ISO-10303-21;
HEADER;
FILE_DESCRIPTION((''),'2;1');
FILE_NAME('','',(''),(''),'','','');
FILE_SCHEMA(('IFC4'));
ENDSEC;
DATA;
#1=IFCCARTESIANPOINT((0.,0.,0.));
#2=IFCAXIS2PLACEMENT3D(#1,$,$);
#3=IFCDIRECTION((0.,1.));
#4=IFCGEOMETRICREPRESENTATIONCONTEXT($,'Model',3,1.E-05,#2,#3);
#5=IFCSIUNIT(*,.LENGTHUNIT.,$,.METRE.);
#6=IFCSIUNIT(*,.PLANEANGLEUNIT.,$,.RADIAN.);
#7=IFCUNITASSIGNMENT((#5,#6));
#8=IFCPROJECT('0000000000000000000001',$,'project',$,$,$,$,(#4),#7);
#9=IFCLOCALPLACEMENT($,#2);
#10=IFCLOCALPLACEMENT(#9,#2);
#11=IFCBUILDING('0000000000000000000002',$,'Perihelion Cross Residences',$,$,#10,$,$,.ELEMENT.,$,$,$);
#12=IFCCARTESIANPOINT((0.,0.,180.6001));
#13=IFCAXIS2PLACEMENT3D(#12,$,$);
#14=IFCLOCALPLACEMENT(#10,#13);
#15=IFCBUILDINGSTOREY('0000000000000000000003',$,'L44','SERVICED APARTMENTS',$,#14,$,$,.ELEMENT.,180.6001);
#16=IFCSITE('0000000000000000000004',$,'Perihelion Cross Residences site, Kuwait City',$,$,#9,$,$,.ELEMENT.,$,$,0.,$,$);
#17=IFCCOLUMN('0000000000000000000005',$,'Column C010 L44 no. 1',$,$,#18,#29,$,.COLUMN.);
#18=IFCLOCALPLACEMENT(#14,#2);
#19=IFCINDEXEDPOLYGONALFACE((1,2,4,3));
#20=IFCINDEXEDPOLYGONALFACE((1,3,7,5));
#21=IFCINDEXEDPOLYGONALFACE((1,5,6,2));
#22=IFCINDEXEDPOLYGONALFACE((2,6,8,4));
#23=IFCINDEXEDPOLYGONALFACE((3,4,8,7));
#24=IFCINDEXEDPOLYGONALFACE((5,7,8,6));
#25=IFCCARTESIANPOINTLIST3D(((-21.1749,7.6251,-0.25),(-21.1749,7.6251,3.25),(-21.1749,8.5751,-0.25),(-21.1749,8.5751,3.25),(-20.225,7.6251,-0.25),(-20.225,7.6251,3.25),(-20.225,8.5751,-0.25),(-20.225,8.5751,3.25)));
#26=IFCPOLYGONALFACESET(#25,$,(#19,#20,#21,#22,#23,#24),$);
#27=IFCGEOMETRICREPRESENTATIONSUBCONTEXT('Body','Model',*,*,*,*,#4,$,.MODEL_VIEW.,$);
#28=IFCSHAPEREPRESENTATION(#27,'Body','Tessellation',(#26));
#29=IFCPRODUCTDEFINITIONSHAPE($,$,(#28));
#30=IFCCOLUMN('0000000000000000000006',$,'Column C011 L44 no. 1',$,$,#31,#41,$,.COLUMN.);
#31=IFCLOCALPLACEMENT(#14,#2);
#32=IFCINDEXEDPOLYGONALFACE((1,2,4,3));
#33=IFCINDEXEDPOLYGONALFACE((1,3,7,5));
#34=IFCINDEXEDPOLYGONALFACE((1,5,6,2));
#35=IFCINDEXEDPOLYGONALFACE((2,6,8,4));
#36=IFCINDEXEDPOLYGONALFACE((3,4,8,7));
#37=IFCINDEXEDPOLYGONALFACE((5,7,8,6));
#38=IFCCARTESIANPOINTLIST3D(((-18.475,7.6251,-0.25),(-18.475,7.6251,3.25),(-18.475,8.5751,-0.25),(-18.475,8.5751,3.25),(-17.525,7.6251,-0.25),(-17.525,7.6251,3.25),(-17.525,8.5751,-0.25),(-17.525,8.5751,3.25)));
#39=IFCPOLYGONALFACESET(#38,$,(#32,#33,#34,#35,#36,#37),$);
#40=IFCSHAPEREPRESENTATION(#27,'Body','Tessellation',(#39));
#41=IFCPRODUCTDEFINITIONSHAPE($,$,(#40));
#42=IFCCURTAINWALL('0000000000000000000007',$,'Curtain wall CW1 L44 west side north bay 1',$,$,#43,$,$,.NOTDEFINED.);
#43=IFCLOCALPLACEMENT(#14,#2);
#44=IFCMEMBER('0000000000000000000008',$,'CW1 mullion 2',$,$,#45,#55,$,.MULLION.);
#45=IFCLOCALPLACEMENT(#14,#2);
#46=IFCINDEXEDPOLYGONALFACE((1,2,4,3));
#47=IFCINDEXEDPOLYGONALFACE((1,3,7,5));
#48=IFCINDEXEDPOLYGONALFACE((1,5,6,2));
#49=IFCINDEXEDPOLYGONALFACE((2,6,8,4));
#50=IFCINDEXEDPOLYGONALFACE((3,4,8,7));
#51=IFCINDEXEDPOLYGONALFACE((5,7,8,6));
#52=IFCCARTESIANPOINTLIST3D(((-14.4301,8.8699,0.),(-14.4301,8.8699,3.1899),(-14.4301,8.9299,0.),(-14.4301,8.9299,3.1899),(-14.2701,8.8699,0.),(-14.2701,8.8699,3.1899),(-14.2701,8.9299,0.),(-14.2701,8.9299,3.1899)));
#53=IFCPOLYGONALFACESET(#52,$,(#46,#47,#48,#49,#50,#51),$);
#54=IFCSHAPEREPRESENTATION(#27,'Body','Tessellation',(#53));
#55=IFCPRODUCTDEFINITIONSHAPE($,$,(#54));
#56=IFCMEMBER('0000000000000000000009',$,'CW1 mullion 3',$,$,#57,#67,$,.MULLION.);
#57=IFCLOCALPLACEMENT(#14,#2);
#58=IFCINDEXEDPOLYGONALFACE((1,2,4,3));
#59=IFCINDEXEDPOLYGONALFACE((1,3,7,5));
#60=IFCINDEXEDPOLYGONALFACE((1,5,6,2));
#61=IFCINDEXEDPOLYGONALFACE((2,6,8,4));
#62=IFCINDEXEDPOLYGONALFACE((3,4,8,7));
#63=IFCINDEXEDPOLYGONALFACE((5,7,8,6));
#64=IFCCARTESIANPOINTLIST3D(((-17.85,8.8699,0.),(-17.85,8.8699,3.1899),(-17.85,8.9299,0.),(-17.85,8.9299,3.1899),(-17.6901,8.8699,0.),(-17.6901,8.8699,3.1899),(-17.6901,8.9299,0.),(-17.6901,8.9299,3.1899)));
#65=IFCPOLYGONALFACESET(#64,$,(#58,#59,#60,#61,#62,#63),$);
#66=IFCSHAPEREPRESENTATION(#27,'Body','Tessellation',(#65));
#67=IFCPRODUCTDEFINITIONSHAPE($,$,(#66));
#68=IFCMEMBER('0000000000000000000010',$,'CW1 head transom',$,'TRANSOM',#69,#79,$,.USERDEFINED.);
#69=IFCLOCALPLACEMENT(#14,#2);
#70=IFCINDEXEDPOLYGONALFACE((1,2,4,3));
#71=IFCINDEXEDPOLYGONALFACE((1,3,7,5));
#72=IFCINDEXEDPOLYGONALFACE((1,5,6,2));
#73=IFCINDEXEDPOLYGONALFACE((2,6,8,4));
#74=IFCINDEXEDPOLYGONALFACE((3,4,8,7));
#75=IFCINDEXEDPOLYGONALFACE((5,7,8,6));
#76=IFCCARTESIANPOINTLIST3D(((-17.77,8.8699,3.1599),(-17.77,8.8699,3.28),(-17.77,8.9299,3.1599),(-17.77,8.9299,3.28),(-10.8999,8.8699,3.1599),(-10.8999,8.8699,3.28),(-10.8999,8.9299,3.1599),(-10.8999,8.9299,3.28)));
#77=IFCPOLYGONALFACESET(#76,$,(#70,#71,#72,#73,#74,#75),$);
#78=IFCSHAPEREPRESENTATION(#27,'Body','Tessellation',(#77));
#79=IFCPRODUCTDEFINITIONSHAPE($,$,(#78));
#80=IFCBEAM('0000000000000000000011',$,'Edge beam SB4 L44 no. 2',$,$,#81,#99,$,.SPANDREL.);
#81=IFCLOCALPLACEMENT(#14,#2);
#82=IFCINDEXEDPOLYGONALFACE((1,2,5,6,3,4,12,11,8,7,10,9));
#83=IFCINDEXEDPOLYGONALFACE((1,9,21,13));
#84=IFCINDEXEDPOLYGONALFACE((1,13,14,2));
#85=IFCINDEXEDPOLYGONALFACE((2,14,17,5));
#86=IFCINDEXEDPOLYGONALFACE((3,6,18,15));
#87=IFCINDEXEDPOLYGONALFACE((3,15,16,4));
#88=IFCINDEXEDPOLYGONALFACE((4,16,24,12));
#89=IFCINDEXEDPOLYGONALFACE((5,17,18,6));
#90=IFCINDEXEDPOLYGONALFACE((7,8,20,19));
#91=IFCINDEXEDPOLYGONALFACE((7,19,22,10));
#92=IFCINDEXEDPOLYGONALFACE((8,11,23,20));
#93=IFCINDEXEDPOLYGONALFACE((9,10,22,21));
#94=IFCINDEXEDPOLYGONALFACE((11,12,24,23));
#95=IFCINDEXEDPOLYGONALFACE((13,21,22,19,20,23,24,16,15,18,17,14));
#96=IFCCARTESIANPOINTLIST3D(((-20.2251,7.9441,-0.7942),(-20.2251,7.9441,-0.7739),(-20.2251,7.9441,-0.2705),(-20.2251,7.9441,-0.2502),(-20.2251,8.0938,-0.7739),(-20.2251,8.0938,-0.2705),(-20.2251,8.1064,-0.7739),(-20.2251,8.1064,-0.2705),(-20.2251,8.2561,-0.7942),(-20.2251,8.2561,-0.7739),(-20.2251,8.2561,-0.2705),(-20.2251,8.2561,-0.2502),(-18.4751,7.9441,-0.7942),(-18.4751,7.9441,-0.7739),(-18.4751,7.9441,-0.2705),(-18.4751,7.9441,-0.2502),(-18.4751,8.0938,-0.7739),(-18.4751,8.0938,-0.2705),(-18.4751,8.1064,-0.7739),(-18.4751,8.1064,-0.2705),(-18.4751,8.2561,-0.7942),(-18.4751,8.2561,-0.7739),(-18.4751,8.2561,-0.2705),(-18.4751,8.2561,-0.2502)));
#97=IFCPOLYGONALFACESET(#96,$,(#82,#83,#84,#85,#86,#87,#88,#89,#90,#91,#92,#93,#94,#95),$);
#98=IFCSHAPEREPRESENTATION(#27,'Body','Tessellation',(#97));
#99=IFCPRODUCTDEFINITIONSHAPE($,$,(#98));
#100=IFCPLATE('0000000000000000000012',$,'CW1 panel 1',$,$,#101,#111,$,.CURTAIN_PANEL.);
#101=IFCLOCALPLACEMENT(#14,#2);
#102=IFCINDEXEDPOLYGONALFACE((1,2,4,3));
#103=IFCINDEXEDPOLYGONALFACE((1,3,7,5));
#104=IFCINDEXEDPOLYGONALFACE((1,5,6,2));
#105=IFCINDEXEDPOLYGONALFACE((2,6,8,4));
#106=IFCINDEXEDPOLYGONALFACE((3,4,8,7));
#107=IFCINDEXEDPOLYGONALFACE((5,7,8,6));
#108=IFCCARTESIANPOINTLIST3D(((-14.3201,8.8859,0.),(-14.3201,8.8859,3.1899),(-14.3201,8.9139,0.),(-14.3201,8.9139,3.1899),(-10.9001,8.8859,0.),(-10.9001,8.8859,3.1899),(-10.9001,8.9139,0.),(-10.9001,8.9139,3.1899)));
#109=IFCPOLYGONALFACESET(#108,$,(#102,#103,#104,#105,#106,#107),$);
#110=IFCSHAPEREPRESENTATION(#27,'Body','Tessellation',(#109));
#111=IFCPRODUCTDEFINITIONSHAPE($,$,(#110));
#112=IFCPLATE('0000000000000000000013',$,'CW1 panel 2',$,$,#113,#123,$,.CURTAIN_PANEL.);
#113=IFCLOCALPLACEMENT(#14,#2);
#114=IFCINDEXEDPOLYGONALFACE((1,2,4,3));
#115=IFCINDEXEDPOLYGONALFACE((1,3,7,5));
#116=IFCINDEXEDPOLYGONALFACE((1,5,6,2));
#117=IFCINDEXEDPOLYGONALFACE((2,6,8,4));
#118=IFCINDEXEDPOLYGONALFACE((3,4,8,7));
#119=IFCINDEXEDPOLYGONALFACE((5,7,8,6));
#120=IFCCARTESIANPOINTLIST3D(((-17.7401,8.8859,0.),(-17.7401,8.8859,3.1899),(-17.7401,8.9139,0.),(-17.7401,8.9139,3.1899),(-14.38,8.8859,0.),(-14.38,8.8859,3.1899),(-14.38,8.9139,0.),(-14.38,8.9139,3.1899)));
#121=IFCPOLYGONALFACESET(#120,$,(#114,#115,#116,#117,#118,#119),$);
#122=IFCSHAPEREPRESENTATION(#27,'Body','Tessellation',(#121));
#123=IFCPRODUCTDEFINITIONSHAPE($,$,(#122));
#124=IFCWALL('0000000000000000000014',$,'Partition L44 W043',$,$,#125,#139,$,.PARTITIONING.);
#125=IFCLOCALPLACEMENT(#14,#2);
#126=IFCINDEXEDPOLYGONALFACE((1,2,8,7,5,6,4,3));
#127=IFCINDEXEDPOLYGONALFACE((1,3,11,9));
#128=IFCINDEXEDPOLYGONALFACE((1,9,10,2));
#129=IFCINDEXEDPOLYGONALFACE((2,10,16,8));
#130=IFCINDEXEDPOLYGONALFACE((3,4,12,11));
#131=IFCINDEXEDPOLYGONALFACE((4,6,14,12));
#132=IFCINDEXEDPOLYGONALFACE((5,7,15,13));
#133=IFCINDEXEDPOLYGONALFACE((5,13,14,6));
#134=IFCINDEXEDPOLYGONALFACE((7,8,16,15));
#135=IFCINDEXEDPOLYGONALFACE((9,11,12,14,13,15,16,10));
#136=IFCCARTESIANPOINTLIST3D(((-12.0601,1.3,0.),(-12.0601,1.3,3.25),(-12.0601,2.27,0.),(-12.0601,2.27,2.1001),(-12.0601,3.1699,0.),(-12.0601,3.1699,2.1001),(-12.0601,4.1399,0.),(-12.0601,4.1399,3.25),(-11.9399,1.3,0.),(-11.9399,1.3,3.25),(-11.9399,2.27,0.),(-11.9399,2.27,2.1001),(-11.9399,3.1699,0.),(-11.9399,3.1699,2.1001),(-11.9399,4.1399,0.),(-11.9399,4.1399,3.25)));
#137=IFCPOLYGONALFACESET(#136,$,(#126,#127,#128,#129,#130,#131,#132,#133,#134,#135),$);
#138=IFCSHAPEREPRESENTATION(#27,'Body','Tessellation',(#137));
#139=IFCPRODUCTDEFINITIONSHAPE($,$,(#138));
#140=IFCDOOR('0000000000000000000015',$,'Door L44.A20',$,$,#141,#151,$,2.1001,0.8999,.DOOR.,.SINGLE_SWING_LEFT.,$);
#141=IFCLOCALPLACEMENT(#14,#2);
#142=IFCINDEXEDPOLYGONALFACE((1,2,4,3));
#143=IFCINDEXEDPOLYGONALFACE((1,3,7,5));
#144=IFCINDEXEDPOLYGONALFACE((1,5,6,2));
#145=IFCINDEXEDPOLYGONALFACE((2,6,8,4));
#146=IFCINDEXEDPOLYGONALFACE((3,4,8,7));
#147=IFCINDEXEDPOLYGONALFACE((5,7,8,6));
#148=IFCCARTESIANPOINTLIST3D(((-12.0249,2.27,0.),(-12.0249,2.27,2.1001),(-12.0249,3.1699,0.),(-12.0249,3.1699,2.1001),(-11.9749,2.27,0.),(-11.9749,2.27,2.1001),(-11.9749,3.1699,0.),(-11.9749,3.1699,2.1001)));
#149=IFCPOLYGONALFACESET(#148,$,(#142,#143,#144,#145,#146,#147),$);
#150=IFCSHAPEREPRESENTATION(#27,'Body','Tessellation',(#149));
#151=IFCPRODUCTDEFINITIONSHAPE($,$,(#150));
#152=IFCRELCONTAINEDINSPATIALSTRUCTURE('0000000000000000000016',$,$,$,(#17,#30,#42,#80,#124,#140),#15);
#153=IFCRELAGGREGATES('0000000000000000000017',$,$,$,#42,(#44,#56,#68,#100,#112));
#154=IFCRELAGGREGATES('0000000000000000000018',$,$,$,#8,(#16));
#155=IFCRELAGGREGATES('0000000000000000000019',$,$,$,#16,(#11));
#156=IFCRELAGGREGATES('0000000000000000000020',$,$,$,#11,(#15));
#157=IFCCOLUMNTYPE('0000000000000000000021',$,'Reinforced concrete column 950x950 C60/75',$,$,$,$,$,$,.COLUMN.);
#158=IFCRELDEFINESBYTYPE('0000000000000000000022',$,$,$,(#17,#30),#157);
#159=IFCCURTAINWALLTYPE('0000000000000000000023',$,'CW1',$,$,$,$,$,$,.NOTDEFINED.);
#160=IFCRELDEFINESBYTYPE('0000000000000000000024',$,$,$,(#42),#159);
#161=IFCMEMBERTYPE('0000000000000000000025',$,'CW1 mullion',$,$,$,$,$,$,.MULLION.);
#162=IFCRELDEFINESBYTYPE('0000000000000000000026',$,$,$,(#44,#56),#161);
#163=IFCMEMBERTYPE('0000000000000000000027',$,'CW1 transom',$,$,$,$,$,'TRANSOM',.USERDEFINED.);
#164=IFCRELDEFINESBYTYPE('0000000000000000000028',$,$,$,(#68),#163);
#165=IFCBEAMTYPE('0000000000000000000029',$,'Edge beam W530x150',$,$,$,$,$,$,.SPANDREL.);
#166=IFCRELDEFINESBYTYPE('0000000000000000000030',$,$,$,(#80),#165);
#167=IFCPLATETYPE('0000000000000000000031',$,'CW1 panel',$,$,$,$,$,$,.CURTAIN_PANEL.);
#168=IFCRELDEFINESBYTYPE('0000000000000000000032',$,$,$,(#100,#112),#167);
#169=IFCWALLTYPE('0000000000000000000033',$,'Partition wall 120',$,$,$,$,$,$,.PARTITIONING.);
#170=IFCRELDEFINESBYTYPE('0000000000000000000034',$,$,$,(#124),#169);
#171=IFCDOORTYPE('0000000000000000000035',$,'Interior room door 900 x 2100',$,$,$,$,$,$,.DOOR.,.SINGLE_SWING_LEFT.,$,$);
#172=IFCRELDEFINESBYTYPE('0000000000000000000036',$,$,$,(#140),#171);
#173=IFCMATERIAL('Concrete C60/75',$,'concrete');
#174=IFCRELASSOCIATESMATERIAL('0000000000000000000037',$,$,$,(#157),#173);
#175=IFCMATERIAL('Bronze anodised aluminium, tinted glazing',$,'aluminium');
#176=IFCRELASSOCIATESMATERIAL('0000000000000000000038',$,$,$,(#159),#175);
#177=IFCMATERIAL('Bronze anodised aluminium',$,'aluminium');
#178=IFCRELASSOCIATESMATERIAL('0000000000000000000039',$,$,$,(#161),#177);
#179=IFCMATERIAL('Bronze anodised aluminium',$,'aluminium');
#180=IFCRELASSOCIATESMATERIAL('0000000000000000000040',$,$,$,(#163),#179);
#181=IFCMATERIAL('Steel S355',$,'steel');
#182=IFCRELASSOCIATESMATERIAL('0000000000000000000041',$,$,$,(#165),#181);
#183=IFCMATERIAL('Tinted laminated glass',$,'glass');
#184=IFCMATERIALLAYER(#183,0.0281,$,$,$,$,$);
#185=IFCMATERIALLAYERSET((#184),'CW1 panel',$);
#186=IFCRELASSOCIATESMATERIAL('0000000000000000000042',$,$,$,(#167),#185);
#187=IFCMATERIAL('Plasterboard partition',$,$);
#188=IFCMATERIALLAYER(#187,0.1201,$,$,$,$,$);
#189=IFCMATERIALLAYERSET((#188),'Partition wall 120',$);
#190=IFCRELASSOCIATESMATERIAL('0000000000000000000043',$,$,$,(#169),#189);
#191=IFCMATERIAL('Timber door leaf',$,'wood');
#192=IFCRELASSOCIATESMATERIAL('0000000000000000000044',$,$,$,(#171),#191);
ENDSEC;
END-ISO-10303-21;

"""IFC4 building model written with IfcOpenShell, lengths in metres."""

from ifc_helpers import new_model, si_unit, direction, frame, frame_2d, origin, origin_2d, place, context, subcontext, project, spatial, rectangle, i_section, extrude, material, layer, layer_set, material_profile, profile_set, type_object, element, fill, aggregate, save


model = new_model("IFC4")

# Units and contexts
model_context = context("Model", 3, precision=1e-05, world=origin(), true_north=direction((0.0, 1.0)))
body_context = subcontext(model_context, "Body", "Model", "MODEL_VIEW")
ifc_project = project(units=[si_unit("LENGTHUNIT", "METRE"), si_unit("PLANEANGLEUNIT", "RADIAN")], contexts=[model_context])

# Site, building, storey
site_placement = place(None, origin())
site = spatial("IfcSite", under=ifc_project, at=site_placement, Name="Perihelion Cross Residences site, Kuwait City", CompositionType="ELEMENT", RefElevation=0.0)
building_placement = place(site_placement, origin())
building = spatial("IfcBuilding", under=site, at=building_placement, Name="Perihelion Cross Residences", CompositionType="ELEMENT")
storey_placement = place(building_placement, frame((0.0, 0.0, 180.6001)))
storey = spatial("IfcBuildingStorey", under=building, at=storey_placement, Name="L44", Description="SERVICED APARTMENTS", CompositionType="ELEMENT", Elevation=180.6001)

# Columns
ifc_material_1 = material(Name="Concrete C60/75", Category="concrete")
ifc_material_profile_1 = material_profile(ifc_material_1, rectangle(XDim=0.95, YDim=0.95, at=origin_2d()), Name="RC 950x950")
ifc_profile_set_1 = profile_set([ifc_material_profile_1], Name="Concrete C60/75")
column_type = type_object("IfcColumnType", Name="Reinforced concrete column 950x950 C60/75", PredefinedType="COLUMN", material=ifc_profile_set_1)
for number, where, z_axis, x_axis, name in (
    (1, (-20.7, 8.1001, -0.25), (0.0, 0.0, 1.0), (1.0, 0.0, 0.0), "Column C010 L44 no. 1"),
    (2, (-18.0, 8.1001, -0.25), (0.0, 0.0, 1.0), (1.0, 0.0, 0.0), "Column C011 L44 no. 1"),
):
    element("IfcColumn", number, at=place(storey_placement, frame(where, z_axis=z_axis, x_axis=x_axis)), inside=storey, type_object=column_type, Name=name, PredefinedType="COLUMN", context=body_context, shape_type="SweptSolid", body=[
        extrude(rectangle(XDim=0.95, YDim=0.95, at=origin_2d()), origin(), (0.0, 0.0, 1.0), 3.5),
    ])

# Curtain wall, members
ifc_material_2 = material(Name="Bronze anodised aluminium, tinted glazing", Category="aluminium")
curtain_wall_type = type_object("IfcCurtainWallType", Name="CW1", PredefinedType="NOTDEFINED", material=ifc_material_2)
curtain_wall_placement = place(storey_placement, origin())
curtain_wall = element("IfcCurtainWall", 3, at=curtain_wall_placement, inside=storey, type_object=curtain_wall_type, Name="Curtain wall CW1 L44 west side north bay 1", PredefinedType="NOTDEFINED")
ifc_material_3 = material(Name="Bronze anodised aluminium", Category="aluminium")
ifc_material_profile_2 = material_profile(ifc_material_3, rectangle(XDim=0.0601, YDim=0.1599, at=origin_2d()), Name="CW1 mullion")
ifc_profile_set_2 = profile_set([ifc_material_profile_2], Name="Bronze anodised aluminium")
member_type_1 = type_object("IfcMemberType", Name="CW1 mullion", PredefinedType="MULLION", material=ifc_profile_set_2)
member_1_placement = place(storey_placement, frame((-14.3501, 8.8999, 0.0), z_axis=(0.0, 0.0, 1.0), x_axis=(0.0, -1.0, 0.0)))
member_1 = element("IfcMember", 4, at=member_1_placement, type_object=member_type_1, Name="CW1 mullion 2", PredefinedType="MULLION", context=body_context, shape_type="SweptSolid", body=[
    extrude(rectangle(XDim=0.0601, YDim=0.1599, at=origin_2d()), origin(), (0.0, 0.0, 1.0), 3.1899),
])
member_2_placement = place(storey_placement, frame((-17.77, 8.8999, 0.0), z_axis=(0.0, 0.0, 1.0), x_axis=(0.0, -1.0, 0.0)))
member_2 = element("IfcMember", 5, at=member_2_placement, type_object=member_type_1, Name="CW1 mullion 3", PredefinedType="MULLION", context=body_context, shape_type="SweptSolid", body=[
    extrude(rectangle(XDim=0.0601, YDim=0.1599, at=origin_2d()), origin(), (0.0, 0.0, 1.0), 3.1899),
])
ifc_material_4 = material(Name="Bronze anodised aluminium", Category="aluminium")
ifc_material_profile_3 = material_profile(ifc_material_4, rectangle(XDim=0.0601, YDim=0.1201, at=origin_2d()), Name="CW1 transom")
ifc_profile_set_3 = profile_set([ifc_material_profile_3], Name="Bronze anodised aluminium")
member_type_2 = type_object("IfcMemberType", Name="CW1 transom", ElementType="TRANSOM", PredefinedType="USERDEFINED", material=ifc_profile_set_3)
member_3_placement = place(storey_placement, frame((-10.8999, 8.8999, 3.22), z_axis=(-1.0, 0.0, 0.0), x_axis=(0.0, -1.0, 0.0)))
member_3 = element("IfcMember", 6, at=member_3_placement, type_object=member_type_2, Name="CW1 head transom", ObjectType="TRANSOM", PredefinedType="USERDEFINED", context=body_context, shape_type="SweptSolid", body=[
    extrude(rectangle(XDim=0.0601, YDim=0.1201, at=origin_2d()), origin(), (0.0, 0.0, 1.0), 6.8701),
])

# Beam
ifc_material_5 = material(Name="Steel S355", Category="steel")
ifc_material_profile_4 = material_profile(ifc_material_5, i_section(OverallWidth=0.312, OverallDepth=0.5439, WebThickness=0.0127, FlangeThickness=0.0203, at=origin_2d()), Name="W530x150")
ifc_profile_set_4 = profile_set([ifc_material_profile_4], Name="Steel S355")
beam_type = type_object("IfcBeamType", Name="Edge beam W530x150", PredefinedType="SPANDREL", material=ifc_profile_set_4)
beam_placement = place(storey_placement, frame((-18.4751, 8.1001, -0.5222), z_axis=(-1.0, 0.0, 0.0), x_axis=(0.0, -1.0, 0.0)))
element("IfcBeam", 7, at=beam_placement, inside=storey, type_object=beam_type, Name="Edge beam SB4 L44 no. 2", PredefinedType="SPANDREL", context=body_context, shape_type="SweptSolid", body=[
    extrude(i_section(OverallWidth=0.312, OverallDepth=0.5439, WebThickness=0.0127, FlangeThickness=0.0203, at=origin_2d()), origin(), (0.0, 0.0, 1.0), 1.75),
])

# Plates
ifc_material_6 = material(Name="Tinted laminated glass", Category="glass")
ifc_layer_1 = layer(ifc_material_6, 0.0281)
ifc_layer_set_1 = layer_set([ifc_layer_1], Name="CW1 panel")
plate_type = type_object("IfcPlateType", Name="CW1 panel", PredefinedType="CURTAIN_PANEL", material=ifc_layer_set_1)
plate_1_placement = place(storey_placement, frame((-12.6101, 8.8999, 0.0), z_axis=(0.0, 0.0, 1.0), x_axis=(-1.0, 0.0, 0.0)))
plate_1 = element("IfcPlate", 8, at=plate_1_placement, type_object=plate_type, Name="CW1 panel 1", PredefinedType="CURTAIN_PANEL", context=body_context, shape_type="SweptSolid", body=[
    extrude(rectangle(XDim=3.4199, YDim=0.0281, at=origin_2d()), origin(), (0.0, 0.0, 1.0), 3.1899),
])
plate_2_placement = place(storey_placement, frame((-16.0601, 8.8999, 0.0), z_axis=(0.0, 0.0, 1.0), x_axis=(-1.0, 0.0, 0.0)))
plate_2 = element("IfcPlate", 9, at=plate_2_placement, type_object=plate_type, Name="CW1 panel 2", PredefinedType="CURTAIN_PANEL", context=body_context, shape_type="SweptSolid", body=[
    extrude(rectangle(XDim=3.3601, YDim=0.0281, at=origin_2d()), origin(), (0.0, 0.0, 1.0), 3.1899),
])
aggregate(curtain_wall, [member_1, member_2, member_3, plate_1, plate_2])

# Wall, opening, door
ifc_material_7 = material(Name="Plasterboard partition")
ifc_layer_2 = layer(ifc_material_7, 0.1201)
ifc_layer_set_2 = layer_set([ifc_layer_2], Name="Partition wall 120")
wall_type_1 = type_object("IfcWallType", Name="Partition wall 120", PredefinedType="PARTITIONING", material=ifc_layer_set_2)
wall_1_placement = place(storey_placement, frame((-12.0, 1.3, 0.0), z_axis=(0.0, 0.0, 1.0), x_axis=(0.0, 1.0, 0.0)))
wall_1 = element("IfcWall", 10, at=wall_1_placement, inside=storey, type_object=wall_type_1, Name="Partition L44 W043", PredefinedType="PARTITIONING", context=body_context, shape_type="SweptSolid", body=[
    extrude(rectangle(XDim=2.8398, YDim=0.1201, at=frame_2d((1.4199, 0.0))), origin(), (0.0, 0.0, 1.0), 3.25),
])
opening_1_placement = place(wall_1_placement, frame((0.97, 0.0, 0.0)))
opening_1 = element("IfcOpeningElement", 11, at=opening_1_placement, cuts=wall_1, PredefinedType="OPENING", context=body_context, shape_type="SweptSolid", body=[
    extrude(rectangle(XDim=0.8999, YDim=2.1001, at=frame_2d((0.45, 1.05))), frame((0.0, 0.0701, 0.0), z_axis=(0.0, -1.0, 0.0), x_axis=(1.0, 0.0, 0.0)), (0.0, 0.0, 1.0), 0.1401),
])
ifc_material_8 = material(Name="Timber door leaf", Category="wood")
door_type_1 = type_object("IfcDoorType", Name="Interior room door 900 x 2100", OperationType="SINGLE_SWING_LEFT", PredefinedType="DOOR", material=ifc_material_8)
door_1_placement = place(opening_1_placement, origin())
door_1 = element("IfcDoor", 12, at=door_1_placement, inside=storey, type_object=door_type_1, Name="Door L44.A20", OperationType="SINGLE_SWING_LEFT", OverallHeight=2.1001, OverallWidth=0.8999, PredefinedType="DOOR", context=body_context, shape_type="SweptSolid", body=[
    extrude(rectangle(XDim=0.8999, YDim=2.1001, at=frame_2d((0.45, 1.05))), frame((0.0, 0.0249, 0.0), z_axis=(0.0, -1.0, 0.0), x_axis=(1.0, 0.0, 0.0)), (0.0, 0.0, 1.0), 0.05),
])
fill(opening_1, door_1)

save(model, "model.ifc")
